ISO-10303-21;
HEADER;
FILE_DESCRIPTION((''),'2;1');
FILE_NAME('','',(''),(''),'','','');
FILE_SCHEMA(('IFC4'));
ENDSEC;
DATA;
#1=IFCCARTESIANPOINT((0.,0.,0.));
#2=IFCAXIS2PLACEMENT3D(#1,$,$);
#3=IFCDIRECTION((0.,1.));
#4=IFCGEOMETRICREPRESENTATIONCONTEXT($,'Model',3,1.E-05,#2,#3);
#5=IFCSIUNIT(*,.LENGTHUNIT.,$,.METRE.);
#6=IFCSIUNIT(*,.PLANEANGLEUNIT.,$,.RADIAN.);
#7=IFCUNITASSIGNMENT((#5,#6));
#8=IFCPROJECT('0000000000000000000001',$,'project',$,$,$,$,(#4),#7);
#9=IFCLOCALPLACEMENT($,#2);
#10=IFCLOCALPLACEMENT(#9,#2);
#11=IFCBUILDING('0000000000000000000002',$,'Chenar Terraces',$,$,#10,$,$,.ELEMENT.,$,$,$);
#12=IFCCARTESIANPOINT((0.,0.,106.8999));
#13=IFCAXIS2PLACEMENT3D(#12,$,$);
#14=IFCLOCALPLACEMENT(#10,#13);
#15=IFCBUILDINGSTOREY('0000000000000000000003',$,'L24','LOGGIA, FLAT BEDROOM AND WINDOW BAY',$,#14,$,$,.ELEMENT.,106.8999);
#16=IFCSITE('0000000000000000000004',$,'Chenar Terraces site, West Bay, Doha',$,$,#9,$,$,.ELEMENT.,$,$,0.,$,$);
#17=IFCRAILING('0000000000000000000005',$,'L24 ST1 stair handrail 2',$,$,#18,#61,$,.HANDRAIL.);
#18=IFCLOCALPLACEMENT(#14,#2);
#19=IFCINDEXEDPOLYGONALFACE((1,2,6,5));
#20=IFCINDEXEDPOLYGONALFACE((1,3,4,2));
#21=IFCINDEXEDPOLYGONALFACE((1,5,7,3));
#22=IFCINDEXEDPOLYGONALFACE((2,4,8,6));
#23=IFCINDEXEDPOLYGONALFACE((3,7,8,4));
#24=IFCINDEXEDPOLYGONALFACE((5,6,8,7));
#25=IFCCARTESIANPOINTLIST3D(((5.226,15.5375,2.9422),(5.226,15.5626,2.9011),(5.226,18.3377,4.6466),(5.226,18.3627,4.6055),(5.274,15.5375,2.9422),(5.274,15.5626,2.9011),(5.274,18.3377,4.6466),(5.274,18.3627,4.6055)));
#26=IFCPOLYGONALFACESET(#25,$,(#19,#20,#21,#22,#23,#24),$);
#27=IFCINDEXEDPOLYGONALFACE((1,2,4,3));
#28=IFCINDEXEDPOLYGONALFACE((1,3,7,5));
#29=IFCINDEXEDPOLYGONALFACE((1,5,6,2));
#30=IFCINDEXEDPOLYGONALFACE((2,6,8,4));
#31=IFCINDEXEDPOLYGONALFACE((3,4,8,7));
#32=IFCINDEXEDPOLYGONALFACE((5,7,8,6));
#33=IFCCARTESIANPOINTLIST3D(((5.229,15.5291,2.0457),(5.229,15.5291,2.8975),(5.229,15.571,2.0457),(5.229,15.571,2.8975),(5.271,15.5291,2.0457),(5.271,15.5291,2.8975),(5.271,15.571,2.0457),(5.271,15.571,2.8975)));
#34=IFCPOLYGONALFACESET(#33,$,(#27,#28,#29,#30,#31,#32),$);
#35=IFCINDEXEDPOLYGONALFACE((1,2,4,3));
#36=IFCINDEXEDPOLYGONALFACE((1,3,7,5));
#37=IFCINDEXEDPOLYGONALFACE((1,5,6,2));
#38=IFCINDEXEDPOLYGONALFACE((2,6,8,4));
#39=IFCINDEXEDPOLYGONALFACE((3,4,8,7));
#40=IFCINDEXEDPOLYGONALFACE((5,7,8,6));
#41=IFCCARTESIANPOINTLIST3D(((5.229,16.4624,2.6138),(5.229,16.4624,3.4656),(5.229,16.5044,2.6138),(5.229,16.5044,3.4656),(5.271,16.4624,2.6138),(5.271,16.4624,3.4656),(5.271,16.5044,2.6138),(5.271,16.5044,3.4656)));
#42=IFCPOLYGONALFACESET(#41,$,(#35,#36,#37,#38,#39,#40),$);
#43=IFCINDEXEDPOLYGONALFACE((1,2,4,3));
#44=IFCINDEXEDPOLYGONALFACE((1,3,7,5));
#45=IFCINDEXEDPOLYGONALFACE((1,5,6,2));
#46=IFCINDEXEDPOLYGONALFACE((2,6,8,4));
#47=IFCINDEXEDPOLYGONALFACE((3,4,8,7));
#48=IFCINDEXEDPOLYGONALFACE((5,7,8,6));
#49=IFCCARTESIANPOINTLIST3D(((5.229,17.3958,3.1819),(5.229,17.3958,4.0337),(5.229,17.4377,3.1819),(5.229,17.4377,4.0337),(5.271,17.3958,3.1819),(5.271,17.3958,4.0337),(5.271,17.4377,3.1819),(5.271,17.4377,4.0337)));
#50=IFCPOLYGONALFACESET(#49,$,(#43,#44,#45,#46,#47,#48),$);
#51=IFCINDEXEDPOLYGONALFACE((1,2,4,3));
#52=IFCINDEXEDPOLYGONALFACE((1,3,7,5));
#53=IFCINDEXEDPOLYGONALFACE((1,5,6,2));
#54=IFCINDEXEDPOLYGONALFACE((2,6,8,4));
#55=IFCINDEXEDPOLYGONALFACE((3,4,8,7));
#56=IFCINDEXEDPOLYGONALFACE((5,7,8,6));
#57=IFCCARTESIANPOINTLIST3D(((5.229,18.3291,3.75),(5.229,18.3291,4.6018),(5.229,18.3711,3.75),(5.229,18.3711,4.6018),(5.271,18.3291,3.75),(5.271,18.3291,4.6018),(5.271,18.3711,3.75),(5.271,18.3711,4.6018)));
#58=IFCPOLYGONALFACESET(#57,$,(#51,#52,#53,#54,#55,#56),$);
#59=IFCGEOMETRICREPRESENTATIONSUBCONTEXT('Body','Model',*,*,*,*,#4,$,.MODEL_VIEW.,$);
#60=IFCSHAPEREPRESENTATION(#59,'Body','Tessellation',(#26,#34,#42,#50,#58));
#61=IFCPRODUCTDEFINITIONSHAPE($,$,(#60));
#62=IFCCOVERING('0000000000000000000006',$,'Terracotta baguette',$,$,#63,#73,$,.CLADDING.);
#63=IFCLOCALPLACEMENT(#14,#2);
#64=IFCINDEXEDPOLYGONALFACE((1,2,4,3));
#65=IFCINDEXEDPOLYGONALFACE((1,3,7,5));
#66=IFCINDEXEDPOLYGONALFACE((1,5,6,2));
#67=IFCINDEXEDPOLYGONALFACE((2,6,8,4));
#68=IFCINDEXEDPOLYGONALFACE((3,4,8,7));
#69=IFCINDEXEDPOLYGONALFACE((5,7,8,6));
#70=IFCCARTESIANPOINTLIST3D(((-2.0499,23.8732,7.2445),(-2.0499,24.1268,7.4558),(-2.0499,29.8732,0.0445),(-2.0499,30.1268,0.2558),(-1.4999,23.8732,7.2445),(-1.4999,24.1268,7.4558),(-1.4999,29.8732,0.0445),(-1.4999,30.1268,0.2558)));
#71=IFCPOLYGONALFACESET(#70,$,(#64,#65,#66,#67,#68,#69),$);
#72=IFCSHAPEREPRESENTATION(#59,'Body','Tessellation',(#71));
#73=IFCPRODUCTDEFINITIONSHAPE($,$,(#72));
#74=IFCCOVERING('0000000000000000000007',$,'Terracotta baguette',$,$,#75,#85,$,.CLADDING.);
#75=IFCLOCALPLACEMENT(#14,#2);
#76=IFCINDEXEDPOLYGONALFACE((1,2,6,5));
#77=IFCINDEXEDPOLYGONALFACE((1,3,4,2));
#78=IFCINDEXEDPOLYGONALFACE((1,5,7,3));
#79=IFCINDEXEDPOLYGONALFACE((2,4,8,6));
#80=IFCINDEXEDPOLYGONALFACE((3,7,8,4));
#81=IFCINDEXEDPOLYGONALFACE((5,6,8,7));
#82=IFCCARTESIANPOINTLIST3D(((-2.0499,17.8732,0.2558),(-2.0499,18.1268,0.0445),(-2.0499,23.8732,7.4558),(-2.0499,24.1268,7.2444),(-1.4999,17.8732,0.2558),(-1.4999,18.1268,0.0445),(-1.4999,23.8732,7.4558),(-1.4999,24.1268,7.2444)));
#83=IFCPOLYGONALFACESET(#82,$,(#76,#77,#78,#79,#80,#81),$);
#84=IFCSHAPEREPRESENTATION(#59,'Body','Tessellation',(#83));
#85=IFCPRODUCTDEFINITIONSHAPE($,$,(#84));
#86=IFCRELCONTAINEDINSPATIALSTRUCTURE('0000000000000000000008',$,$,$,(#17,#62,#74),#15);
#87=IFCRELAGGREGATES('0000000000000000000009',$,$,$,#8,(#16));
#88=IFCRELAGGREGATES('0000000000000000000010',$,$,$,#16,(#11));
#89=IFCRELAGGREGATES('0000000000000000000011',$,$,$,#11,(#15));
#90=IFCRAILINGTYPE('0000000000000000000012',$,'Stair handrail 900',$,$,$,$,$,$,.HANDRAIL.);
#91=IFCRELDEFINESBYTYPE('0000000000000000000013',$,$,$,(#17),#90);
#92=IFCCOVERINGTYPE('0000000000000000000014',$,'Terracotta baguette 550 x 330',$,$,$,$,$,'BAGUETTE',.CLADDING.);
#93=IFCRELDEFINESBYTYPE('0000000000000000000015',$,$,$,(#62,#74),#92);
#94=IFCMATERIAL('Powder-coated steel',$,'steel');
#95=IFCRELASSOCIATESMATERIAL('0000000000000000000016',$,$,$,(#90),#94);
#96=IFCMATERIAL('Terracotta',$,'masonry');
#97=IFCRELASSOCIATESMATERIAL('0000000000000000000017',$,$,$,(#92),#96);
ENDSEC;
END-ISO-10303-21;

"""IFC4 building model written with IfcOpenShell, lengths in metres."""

from ifc_helpers import new_model, si_unit, direction, frame, origin, origin_2d, place, context, subcontext, project, spatial, rectangle, extrude, material, material_profile, profile_set, type_object, element, save


model = new_model("IFC4")

# Units and contexts
model_context = context("Model", 3, precision=1e-05, world=origin(), true_north=direction((0.0, 1.0)))
body_context = subcontext(model_context, "Body", "Model", "MODEL_VIEW")
ifc_project = project(units=[si_unit("LENGTHUNIT", "METRE"), si_unit("PLANEANGLEUNIT", "RADIAN")], contexts=[model_context])

# Site, building, storey
site_placement = place(None, origin())
site = spatial("IfcSite", under=ifc_project, at=site_placement, Name="Chenar Terraces site, West Bay, Doha", CompositionType="ELEMENT", RefElevation=0.0)
building_placement = place(site_placement, origin())
building = spatial("IfcBuilding", under=site, at=building_placement, Name="Chenar Terraces", CompositionType="ELEMENT")
storey_placement = place(building_placement, frame((0.0, 0.0, 106.8999)))
storey = spatial("IfcBuildingStorey", under=building, at=storey_placement, Name="L24", Description="LOGGIA, FLAT BEDROOM AND WINDOW BAY", CompositionType="ELEMENT", Elevation=106.8999)

# Railing
ifc_material_1 = material(Name="Powder-coated steel", Category="steel")
railing_type_1 = type_object("IfcRailingType", Name="Stair handrail 900", PredefinedType="HANDRAIL", material=ifc_material_1)
railing_1_placement = place(storey_placement, frame((5.25, 15.55, 2.0457)))
element("IfcRailing", 1, at=railing_1_placement, inside=storey, type_object=railing_type_1, Name="L24 ST1 stair handrail 2", PredefinedType="HANDRAIL", context=body_context, shape_type="SweptSolid", body=[
    extrude(rectangle(XDim=0.0481, YDim=0.0481, at=origin_2d()), frame((0.0, 0.0, 0.876), z_axis=(0.0, 0.854203, 0.51994), x_axis=(-1.0, 0.0, 0.0)), (0.0, 0.0, 1.0), 3.2781),
    extrude(rectangle(XDim=0.042, YDim=0.042, at=origin_2d()), origin(), (0.0, 0.0, 1.0), 0.8518),
    extrude(rectangle(XDim=0.042, YDim=0.042, at=origin_2d()), frame((0.0, 0.9333, 0.5681)), (0.0, 0.0, 1.0), 0.8518),
    extrude(rectangle(XDim=0.042, YDim=0.042, at=origin_2d()), frame((0.0, 1.8667, 1.1362)), (0.0, 0.0, 1.0), 0.8518),
    extrude(rectangle(XDim=0.042, YDim=0.042, at=origin_2d()), frame((0.0, 2.8, 1.7043)), (0.0, 0.0, 1.0), 0.8518),
])

# Coverings
ifc_material_2 = material(Name="Terracotta", Category="masonry")
ifc_material_profile_1 = material_profile(ifc_material_2, rectangle(XDim=0.55, YDim=0.3301, at=origin_2d()), Name="Terracotta baguette 550 x 330")
ifc_profile_set_1 = profile_set([ifc_material_profile_1], Name="Terracotta")
covering_type = type_object("IfcCoveringType", Name="Terracotta baguette 550 x 330", ElementType="BAGUETTE", PredefinedType="CLADDING", material=ifc_profile_set_1)
for number, where, z_axis, x_axis, name in (
    (2, (-1.7749, 30.0, 0.1501), (0.0, -0.640187, 0.768219), (1.0, 0.0, 0.0), "Terracotta baguette"),
    (3, (-1.7749, 24.0, 7.3501), (0.0, -0.640187, -0.768219), (1.0, 0.0, 0.0), "Terracotta baguette"),
):
    element("IfcCovering", number, at=place(storey_placement, frame(where, z_axis=z_axis, x_axis=x_axis)), inside=storey, type_object=covering_type, Name=name, PredefinedType="CLADDING", context=body_context, shape_type="SweptSolid", body=[
        extrude(rectangle(XDim=0.55, YDim=0.3301, at=origin_2d()), origin(), (0.0, 0.0, 1.0), 9.3723),
    ])

save(model, "model.ifc")
